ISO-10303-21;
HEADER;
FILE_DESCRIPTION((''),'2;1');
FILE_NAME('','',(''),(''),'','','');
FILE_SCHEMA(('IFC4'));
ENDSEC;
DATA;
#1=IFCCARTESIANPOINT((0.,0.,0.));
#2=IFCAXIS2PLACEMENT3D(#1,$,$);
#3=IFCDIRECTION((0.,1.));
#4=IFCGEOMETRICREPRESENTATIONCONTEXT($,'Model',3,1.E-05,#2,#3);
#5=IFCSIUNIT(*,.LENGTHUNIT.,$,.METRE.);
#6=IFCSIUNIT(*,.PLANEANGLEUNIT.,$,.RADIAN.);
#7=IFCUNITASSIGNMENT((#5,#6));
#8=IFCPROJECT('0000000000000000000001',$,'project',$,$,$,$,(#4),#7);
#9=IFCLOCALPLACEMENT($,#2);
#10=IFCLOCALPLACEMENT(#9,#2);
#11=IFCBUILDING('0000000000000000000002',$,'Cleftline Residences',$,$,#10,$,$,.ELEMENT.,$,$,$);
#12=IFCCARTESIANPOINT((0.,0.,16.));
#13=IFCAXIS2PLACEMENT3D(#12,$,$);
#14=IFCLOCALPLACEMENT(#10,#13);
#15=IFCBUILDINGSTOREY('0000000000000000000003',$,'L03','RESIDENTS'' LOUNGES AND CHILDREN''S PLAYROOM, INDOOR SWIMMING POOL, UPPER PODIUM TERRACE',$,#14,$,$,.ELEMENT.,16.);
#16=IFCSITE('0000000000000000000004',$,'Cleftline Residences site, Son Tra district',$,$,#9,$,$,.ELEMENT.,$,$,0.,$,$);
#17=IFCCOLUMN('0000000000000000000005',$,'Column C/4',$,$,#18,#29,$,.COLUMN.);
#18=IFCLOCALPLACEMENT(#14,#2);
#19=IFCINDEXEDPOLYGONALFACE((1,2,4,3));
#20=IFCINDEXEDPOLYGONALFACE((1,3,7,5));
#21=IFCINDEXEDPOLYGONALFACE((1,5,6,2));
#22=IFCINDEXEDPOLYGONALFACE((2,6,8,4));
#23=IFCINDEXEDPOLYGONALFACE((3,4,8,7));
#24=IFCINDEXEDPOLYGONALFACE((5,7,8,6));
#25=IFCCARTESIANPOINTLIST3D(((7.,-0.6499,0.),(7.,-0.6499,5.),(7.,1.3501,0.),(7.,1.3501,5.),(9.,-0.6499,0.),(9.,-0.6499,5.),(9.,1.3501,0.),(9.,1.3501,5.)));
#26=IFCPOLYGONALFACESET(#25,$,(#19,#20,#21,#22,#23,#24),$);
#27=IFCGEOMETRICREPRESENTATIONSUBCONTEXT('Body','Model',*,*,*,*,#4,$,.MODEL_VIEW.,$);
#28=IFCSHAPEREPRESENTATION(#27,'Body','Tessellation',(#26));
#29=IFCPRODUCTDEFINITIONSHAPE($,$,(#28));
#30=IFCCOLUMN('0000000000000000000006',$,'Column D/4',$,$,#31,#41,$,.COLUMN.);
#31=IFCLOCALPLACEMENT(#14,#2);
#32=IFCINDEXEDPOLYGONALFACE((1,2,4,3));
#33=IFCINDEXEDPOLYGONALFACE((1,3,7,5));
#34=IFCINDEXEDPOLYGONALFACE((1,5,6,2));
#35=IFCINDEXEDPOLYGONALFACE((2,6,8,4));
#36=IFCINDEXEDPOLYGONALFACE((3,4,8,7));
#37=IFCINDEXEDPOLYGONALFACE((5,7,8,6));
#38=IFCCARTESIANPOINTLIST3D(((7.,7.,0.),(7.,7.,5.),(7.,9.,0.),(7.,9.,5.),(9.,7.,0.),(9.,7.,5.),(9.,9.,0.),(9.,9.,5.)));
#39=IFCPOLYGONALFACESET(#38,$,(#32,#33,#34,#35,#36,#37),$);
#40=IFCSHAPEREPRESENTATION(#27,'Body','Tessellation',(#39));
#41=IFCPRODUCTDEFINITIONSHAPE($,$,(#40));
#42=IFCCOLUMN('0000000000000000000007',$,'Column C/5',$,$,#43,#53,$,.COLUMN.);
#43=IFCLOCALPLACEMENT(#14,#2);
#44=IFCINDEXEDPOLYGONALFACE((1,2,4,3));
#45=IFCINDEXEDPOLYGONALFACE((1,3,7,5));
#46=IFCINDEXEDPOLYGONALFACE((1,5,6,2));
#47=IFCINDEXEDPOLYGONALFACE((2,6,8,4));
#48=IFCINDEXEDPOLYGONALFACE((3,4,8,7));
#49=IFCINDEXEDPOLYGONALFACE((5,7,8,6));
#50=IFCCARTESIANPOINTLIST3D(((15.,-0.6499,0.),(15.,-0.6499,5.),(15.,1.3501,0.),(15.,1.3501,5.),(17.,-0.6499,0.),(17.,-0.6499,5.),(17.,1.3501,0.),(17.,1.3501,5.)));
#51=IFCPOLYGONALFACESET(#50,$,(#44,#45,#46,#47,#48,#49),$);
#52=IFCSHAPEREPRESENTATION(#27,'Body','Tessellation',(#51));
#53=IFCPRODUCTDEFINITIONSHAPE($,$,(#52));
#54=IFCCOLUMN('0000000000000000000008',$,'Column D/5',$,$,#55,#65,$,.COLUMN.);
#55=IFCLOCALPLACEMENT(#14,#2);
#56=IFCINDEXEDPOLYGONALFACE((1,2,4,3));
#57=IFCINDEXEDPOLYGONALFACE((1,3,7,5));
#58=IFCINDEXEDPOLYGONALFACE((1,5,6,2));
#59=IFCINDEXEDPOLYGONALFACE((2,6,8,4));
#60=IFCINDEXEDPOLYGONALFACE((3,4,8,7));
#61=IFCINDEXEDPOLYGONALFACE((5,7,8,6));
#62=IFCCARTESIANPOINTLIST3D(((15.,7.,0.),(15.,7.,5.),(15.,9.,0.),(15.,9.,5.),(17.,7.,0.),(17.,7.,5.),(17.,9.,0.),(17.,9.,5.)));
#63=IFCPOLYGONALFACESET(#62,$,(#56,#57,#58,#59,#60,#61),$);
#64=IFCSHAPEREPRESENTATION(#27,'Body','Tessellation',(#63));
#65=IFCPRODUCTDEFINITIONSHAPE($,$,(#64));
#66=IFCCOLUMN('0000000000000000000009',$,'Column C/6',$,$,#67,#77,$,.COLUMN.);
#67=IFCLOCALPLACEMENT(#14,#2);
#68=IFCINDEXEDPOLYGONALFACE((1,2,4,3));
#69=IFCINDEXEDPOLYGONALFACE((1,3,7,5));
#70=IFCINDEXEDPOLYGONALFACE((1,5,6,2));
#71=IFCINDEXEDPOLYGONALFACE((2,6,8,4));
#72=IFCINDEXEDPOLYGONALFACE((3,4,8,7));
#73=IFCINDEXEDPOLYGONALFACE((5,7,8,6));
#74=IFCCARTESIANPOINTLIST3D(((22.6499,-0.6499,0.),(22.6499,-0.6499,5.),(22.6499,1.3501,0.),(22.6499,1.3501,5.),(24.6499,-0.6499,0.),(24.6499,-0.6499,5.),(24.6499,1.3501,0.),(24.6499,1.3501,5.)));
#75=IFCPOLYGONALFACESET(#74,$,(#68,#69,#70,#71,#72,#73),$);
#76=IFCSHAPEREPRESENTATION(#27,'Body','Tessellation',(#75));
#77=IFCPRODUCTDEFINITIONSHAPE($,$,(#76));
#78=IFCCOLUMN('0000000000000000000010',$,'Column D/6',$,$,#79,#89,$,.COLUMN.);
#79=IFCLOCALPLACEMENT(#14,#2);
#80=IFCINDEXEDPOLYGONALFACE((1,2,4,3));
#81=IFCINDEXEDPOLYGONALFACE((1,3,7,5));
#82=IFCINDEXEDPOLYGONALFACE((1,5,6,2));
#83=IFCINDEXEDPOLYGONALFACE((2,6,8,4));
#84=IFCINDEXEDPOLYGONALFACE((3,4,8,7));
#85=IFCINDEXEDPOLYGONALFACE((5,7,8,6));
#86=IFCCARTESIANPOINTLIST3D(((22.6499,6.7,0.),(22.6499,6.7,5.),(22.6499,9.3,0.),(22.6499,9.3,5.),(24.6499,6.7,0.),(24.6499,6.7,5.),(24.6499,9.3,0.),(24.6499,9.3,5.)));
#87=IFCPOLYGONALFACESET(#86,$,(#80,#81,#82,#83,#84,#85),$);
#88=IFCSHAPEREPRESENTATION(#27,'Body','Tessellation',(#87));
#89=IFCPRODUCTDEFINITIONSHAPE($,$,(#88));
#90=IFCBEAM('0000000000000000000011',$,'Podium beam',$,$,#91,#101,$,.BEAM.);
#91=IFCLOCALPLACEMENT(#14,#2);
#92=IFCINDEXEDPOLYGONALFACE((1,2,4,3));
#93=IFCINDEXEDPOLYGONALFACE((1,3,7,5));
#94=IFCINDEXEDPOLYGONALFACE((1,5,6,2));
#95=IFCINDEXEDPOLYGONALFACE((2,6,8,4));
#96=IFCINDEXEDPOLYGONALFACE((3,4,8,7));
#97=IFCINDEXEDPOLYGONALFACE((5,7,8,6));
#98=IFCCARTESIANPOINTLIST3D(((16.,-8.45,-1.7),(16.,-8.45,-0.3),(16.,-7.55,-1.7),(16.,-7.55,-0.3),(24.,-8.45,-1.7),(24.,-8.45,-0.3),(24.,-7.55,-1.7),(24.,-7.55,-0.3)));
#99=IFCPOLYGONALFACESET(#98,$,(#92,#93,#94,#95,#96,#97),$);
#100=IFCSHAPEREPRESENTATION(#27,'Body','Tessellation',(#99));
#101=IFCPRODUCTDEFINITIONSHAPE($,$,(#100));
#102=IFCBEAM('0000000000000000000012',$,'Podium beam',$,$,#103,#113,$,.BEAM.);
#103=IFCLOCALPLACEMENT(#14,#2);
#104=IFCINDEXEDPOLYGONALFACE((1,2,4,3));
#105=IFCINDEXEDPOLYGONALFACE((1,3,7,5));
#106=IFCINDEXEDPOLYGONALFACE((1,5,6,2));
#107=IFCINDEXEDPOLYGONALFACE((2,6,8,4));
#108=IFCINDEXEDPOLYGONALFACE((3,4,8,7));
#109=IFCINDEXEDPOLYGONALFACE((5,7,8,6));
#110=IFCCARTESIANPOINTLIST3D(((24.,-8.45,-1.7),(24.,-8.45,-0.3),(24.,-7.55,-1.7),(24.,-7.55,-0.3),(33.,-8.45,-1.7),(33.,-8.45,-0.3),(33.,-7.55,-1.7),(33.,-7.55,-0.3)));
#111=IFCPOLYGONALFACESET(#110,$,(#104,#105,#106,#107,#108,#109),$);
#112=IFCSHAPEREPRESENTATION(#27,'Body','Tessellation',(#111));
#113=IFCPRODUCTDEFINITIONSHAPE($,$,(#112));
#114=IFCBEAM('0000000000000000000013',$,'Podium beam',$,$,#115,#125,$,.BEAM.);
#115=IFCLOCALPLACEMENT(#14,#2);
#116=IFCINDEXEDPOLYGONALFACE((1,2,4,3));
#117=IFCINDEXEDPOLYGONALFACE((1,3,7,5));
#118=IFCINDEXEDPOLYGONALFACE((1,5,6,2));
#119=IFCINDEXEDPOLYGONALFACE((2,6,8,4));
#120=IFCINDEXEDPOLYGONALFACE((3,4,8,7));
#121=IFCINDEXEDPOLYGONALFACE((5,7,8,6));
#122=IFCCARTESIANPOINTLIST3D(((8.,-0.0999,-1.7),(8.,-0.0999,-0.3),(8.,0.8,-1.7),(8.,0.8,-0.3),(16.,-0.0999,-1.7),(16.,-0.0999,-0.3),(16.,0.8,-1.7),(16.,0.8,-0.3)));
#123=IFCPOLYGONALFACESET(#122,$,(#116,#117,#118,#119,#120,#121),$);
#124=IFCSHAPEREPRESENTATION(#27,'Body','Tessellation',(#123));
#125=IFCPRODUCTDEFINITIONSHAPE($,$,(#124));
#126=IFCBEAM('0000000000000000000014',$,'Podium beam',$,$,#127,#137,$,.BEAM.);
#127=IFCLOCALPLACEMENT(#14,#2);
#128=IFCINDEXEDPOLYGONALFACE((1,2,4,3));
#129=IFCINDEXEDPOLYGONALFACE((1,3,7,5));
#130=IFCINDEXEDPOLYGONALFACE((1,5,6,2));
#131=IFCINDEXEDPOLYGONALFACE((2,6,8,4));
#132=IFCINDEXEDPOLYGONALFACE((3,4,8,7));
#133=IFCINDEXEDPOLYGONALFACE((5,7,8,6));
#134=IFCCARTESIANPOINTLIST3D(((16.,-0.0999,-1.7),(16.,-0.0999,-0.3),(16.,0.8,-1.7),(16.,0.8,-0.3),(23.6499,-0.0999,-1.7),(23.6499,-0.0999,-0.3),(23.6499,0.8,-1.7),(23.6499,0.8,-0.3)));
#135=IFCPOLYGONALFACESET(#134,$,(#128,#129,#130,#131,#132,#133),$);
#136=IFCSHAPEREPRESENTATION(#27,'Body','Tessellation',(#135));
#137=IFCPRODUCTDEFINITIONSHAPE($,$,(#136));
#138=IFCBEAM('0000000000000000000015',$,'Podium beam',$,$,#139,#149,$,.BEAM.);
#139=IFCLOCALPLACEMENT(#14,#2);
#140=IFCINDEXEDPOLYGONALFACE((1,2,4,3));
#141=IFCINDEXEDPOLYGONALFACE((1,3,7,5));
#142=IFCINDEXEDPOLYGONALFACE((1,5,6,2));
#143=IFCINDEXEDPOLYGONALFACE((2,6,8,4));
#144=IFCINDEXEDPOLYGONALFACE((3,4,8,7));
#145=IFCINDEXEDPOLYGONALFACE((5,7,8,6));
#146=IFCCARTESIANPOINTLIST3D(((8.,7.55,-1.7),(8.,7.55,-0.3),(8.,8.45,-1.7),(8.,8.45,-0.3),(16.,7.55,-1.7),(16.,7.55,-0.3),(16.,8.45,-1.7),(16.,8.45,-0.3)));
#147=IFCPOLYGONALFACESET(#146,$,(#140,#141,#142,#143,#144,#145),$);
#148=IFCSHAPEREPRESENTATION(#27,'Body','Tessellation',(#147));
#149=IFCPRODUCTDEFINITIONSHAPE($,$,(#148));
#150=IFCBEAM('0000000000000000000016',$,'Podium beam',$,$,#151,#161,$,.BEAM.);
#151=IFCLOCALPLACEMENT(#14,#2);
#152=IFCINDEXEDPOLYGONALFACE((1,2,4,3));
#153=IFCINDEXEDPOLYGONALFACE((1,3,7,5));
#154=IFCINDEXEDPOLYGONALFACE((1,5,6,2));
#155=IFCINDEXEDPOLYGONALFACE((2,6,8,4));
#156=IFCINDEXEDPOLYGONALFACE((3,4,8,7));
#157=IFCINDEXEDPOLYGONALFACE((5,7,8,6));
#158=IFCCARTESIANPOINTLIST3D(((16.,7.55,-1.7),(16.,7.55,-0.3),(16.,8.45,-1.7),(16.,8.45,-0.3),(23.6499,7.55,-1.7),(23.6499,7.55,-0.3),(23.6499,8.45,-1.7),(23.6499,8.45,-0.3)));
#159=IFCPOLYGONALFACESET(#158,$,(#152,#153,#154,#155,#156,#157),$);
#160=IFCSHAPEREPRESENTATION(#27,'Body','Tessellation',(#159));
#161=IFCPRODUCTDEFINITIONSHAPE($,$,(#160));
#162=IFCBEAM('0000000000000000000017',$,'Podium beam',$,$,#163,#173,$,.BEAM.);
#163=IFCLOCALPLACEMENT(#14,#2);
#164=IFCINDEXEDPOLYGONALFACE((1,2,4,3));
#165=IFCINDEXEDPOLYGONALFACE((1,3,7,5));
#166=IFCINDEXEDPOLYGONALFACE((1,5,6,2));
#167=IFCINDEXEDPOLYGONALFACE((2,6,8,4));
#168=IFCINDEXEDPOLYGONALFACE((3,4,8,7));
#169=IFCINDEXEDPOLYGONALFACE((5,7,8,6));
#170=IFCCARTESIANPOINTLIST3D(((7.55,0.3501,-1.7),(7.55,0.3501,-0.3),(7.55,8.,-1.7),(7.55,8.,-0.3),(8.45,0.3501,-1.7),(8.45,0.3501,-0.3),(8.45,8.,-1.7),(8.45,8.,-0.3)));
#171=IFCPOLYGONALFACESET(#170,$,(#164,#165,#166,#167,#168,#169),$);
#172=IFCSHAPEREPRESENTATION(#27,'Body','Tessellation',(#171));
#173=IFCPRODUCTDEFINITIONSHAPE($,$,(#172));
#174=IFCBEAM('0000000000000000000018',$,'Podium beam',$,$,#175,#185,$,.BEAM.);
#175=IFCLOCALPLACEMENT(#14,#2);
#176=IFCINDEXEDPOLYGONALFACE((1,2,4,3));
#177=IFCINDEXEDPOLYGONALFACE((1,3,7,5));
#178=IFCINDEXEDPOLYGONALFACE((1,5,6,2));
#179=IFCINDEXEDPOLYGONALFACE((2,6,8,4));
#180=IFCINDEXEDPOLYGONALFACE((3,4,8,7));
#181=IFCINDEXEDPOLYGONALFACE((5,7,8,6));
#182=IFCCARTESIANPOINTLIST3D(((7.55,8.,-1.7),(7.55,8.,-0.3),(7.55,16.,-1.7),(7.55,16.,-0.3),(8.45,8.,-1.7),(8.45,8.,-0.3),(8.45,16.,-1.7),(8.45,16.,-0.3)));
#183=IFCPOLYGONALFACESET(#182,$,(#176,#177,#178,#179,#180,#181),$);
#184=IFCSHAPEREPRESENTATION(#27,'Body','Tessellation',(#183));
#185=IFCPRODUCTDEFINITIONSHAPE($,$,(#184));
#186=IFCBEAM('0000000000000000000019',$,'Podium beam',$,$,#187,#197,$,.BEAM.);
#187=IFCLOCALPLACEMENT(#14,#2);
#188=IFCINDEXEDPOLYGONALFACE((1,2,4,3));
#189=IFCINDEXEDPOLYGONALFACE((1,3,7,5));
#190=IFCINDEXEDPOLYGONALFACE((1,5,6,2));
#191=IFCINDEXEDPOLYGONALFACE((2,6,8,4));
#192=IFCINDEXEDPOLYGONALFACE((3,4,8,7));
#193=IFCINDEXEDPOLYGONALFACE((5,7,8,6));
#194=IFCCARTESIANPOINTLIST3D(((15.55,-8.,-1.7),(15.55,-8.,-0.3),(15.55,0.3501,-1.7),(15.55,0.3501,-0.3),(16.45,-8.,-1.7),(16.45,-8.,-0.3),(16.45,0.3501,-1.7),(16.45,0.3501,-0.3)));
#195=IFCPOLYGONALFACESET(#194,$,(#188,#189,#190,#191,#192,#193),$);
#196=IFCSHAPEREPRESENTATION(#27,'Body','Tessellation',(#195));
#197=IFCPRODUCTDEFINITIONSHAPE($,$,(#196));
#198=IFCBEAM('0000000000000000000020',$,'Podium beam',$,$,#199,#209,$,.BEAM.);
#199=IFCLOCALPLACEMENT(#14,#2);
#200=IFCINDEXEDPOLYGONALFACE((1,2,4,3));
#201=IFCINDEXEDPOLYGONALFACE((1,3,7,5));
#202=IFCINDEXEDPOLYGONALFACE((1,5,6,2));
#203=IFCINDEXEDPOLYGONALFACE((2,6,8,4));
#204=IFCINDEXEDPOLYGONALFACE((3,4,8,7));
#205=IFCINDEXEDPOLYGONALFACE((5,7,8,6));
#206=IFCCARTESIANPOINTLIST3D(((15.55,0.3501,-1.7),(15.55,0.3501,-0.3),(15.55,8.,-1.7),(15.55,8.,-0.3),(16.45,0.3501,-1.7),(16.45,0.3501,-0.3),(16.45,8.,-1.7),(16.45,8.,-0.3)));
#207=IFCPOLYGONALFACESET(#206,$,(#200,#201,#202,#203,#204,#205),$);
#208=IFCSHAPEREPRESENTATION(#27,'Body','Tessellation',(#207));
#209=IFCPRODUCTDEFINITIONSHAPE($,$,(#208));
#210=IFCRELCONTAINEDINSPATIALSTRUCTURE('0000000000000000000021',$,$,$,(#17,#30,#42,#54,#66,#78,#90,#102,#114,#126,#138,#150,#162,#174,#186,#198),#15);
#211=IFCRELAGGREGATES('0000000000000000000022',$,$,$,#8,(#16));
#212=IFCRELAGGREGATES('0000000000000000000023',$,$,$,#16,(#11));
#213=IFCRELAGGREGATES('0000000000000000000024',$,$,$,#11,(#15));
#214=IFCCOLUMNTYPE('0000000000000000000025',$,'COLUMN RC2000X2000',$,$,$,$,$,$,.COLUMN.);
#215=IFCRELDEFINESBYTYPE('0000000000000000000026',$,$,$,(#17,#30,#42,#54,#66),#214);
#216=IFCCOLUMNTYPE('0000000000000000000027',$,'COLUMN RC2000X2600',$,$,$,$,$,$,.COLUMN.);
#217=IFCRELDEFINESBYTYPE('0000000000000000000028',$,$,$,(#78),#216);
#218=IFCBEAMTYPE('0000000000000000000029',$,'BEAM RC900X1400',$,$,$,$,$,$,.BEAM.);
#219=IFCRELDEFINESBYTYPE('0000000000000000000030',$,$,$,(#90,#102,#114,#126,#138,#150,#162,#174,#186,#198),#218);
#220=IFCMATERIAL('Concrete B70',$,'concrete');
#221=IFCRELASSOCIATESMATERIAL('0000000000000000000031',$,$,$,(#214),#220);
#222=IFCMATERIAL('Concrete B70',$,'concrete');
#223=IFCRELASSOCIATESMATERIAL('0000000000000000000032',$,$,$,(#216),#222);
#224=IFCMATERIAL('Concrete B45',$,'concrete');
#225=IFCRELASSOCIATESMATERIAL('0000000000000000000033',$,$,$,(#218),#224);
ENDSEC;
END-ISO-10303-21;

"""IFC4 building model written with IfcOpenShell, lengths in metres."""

from ifc_helpers import new_model, si_unit, direction, frame, origin, origin_2d, place, context, subcontext, project, spatial, rectangle, extrude, material, material_profile, profile_set, type_object, element, save


model = new_model("IFC4")

# Units and contexts
model_context = context("Model", 3, precision=1e-05, world=origin(), true_north=direction((0.0, 1.0)))
body_context = subcontext(model_context, "Body", "Model", "MODEL_VIEW")
ifc_project = project(units=[si_unit("LENGTHUNIT", "METRE"), si_unit("PLANEANGLEUNIT", "RADIAN")], contexts=[model_context])

# Site, building, storey
site_placement = place(None, origin())
site = spatial("IfcSite", under=ifc_project, at=site_placement, Name="Cleftline Residences site, Son Tra district", CompositionType="ELEMENT", RefElevation=0.0)
building_placement = place(site_placement, origin())
building = spatial("IfcBuilding", under=site, at=building_placement, Name="Cleftline Residences", CompositionType="ELEMENT")
storey_placement = place(building_placement, frame((0.0, 0.0, 16.0)))
storey = spatial("IfcBuildingStorey", under=building, at=storey_placement, Name="L03", Description="RESIDENTS' LOUNGES AND CHILDREN'S PLAYROOM, INDOOR SWIMMING POOL, UPPER PODIUM TERRACE", CompositionType="ELEMENT", Elevation=16.0)

# Columns
ifc_material_1 = material(Name="Concrete B70", Category="concrete")
ifc_material_profile_1 = material_profile(ifc_material_1, rectangle(XDim=2.0, YDim=2.0, at=origin_2d()))
ifc_profile_set_1 = profile_set([ifc_material_profile_1], Name="Concrete B70")
column_type_1 = type_object("IfcColumnType", Name="COLUMN RC2000X2000", PredefinedType="COLUMN", material=ifc_profile_set_1)
for number, where, z_axis, x_axis, name in (
    (1, (8.0, 0.3501, 0.0), (0.0, 0.0, 1.0), (1.0, 0.0, 0.0), "Column C/4"),
    (2, (8.0, 8.0, 0.0), (0.0, 0.0, 1.0), (1.0, 0.0, 0.0), "Column D/4"),
    (3, (16.0, 0.3501, 0.0), (0.0, 0.0, 1.0), (1.0, 0.0, 0.0), "Column C/5"),
    (4, (16.0, 8.0, 0.0), (0.0, 0.0, 1.0), (1.0, 0.0, 0.0), "Column D/5"),
    (5, (23.6499, 0.3501, 0.0), (0.0, 0.0, 1.0), (1.0, 0.0, 0.0), "Column C/6"),
):
    element("IfcColumn", number, at=place(storey_placement, frame(where, z_axis=z_axis, x_axis=x_axis)), inside=storey, type_object=column_type_1, Name=name, PredefinedType="COLUMN", context=body_context, shape_type="SweptSolid", body=[
        extrude(rectangle(XDim=2.0, YDim=2.0, at=origin_2d()), origin(), (0.0, 0.0, 1.0), 5.0),
    ])
ifc_material_2 = material(Name="Concrete B70", Category="concrete")
ifc_material_profile_2 = material_profile(ifc_material_2, rectangle(XDim=2.0, YDim=2.6001, at=origin_2d()))
ifc_profile_set_2 = profile_set([ifc_material_profile_2], Name="Concrete B70")
column_type_2 = type_object("IfcColumnType", Name="COLUMN RC2000X2600", PredefinedType="COLUMN", material=ifc_profile_set_2)
column_placement = place(storey_placement, frame((23.6499, 8.0, 0.0), z_axis=(0.0, 0.0, 1.0), x_axis=(1.0, 0.0, 0.0)))
element("IfcColumn", 6, at=column_placement, inside=storey, type_object=column_type_2, Name="Column D/6", PredefinedType="COLUMN", context=body_context, shape_type="SweptSolid", body=[
    extrude(rectangle(XDim=2.0, YDim=2.6001, at=origin_2d()), origin(), (0.0, 0.0, 1.0), 5.0),
])

# Beams
ifc_material_3 = material(Name="Concrete B45", Category="concrete")
ifc_material_profile_3 = material_profile(ifc_material_3, rectangle(XDim=0.8999, YDim=1.3999, at=origin_2d()))
ifc_profile_set_3 = profile_set([ifc_material_profile_3], Name="Concrete B45")
beam_type = type_object("IfcBeamType", Name="BEAM RC900X1400", PredefinedType="BEAM", material=ifc_profile_set_3)
beam_1_placement = place(storey_placement, frame((16.0, -8.0, -1.0), z_axis=(1.0, 0.0, 0.0), x_axis=(0.0, 1.0, 0.0)))
element("IfcBeam", 7, at=beam_1_placement, inside=storey, type_object=beam_type, Name="Podium beam", PredefinedType="BEAM", context=body_context, shape_type="SweptSolid", body=[
    extrude(rectangle(XDim=0.8999, YDim=1.3999, at=origin_2d()), origin(), (0.0, 0.0, 1.0), 8.0),
])
beam_2_placement = place(storey_placement, frame((24.0, -8.0, -1.0), z_axis=(1.0, 0.0, 0.0), x_axis=(0.0, 1.0, 0.0)))
element("IfcBeam", 8, at=beam_2_placement, inside=storey, type_object=beam_type, Name="Podium beam", PredefinedType="BEAM", context=body_context, shape_type="SweptSolid", body=[
    extrude(rectangle(XDim=0.8999, YDim=1.3999, at=origin_2d()), origin(), (0.0, 0.0, 1.0), 9.0),
])
beam_3_placement = place(storey_placement, frame((8.0, 0.3501, -1.0), z_axis=(1.0, 0.0, 0.0), x_axis=(0.0, 1.0, 0.0)))
element("IfcBeam", 9, at=beam_3_placement, inside=storey, type_object=beam_type, Name="Podium beam", PredefinedType="BEAM", context=body_context, shape_type="SweptSolid", body=[
    extrude(rectangle(XDim=0.8999, YDim=1.3999, at=origin_2d()), origin(), (0.0, 0.0, 1.0), 8.0),
])
beam_4_placement = place(storey_placement, frame((16.0, 0.3501, -1.0), z_axis=(1.0, 0.0, 0.0), x_axis=(0.0, 1.0, 0.0)))
element("IfcBeam", 10, at=beam_4_placement, inside=storey, type_object=beam_type, Name="Podium beam", PredefinedType="BEAM", context=body_context, shape_type="SweptSolid", body=[
    extrude(rectangle(XDim=0.8999, YDim=1.3999, at=origin_2d()), origin(), (0.0, 0.0, 1.0), 7.6499),
])
beam_5_placement = place(storey_placement, frame((8.0, 8.0, -1.0), z_axis=(1.0, 0.0, 0.0), x_axis=(0.0, 1.0, 0.0)))
element("IfcBeam", 11, at=beam_5_placement, inside=storey, type_object=beam_type, Name="Podium beam", PredefinedType="BEAM", context=body_context, shape_type="SweptSolid", body=[
    extrude(rectangle(XDim=0.8999, YDim=1.3999, at=origin_2d()), origin(), (0.0, 0.0, 1.0), 8.0),
])
for number, where, z_axis, x_axis, name in (
    (12, (16.0, 8.0, -1.0), (1.0, 0.0, 0.0), (0.0, 1.0, 0.0), "Podium beam"),
    (13, (8.0, 0.3501, -1.0), (0.0, 1.0, 0.0), (-1.0, 0.0, 0.0), "Podium beam"),
):
    element("IfcBeam", number, at=place(storey_placement, frame(where, z_axis=z_axis, x_axis=x_axis)), inside=storey, type_object=beam_type, Name=name, PredefinedType="BEAM", context=body_context, shape_type="SweptSolid", body=[
        extrude(rectangle(XDim=0.8999, YDim=1.3999, at=origin_2d()), origin(), (0.0, 0.0, 1.0), 7.6499),
    ])
beam_6_placement = place(storey_placement, frame((8.0, 8.0, -1.0), z_axis=(0.0, 1.0, 0.0), x_axis=(-1.0, 0.0, 0.0)))
element("IfcBeam", 14, at=beam_6_placement, inside=storey, type_object=beam_type, Name="Podium beam", PredefinedType="BEAM", context=body_context, shape_type="SweptSolid", body=[
    extrude(rectangle(XDim=0.8999, YDim=1.3999, at=origin_2d()), origin(), (0.0, 0.0, 1.0), 8.0),
])
beam_7_placement = place(storey_placement, frame((16.0, -8.0, -1.0), z_axis=(0.0, 1.0, 0.0), x_axis=(-1.0, 0.0, 0.0)))
element("IfcBeam", 15, at=beam_7_placement, inside=storey, type_object=beam_type, Name="Podium beam", PredefinedType="BEAM", context=body_context, shape_type="SweptSolid", body=[
    extrude(rectangle(XDim=0.8999, YDim=1.3999, at=origin_2d()), origin(), (0.0, 0.0, 1.0), 8.3501),
])
beam_8_placement = place(storey_placement, frame((16.0, 0.3501, -1.0), z_axis=(0.0, 1.0, 0.0), x_axis=(-1.0, 0.0, 0.0)))
element("IfcBeam", 16, at=beam_8_placement, inside=storey, type_object=beam_type, Name="Podium beam", PredefinedType="BEAM", context=body_context, shape_type="SweptSolid", body=[
    extrude(rectangle(XDim=0.8999, YDim=1.3999, at=origin_2d()), origin(), (0.0, 0.0, 1.0), 7.6499),
])

save(model, "model.ifc")
